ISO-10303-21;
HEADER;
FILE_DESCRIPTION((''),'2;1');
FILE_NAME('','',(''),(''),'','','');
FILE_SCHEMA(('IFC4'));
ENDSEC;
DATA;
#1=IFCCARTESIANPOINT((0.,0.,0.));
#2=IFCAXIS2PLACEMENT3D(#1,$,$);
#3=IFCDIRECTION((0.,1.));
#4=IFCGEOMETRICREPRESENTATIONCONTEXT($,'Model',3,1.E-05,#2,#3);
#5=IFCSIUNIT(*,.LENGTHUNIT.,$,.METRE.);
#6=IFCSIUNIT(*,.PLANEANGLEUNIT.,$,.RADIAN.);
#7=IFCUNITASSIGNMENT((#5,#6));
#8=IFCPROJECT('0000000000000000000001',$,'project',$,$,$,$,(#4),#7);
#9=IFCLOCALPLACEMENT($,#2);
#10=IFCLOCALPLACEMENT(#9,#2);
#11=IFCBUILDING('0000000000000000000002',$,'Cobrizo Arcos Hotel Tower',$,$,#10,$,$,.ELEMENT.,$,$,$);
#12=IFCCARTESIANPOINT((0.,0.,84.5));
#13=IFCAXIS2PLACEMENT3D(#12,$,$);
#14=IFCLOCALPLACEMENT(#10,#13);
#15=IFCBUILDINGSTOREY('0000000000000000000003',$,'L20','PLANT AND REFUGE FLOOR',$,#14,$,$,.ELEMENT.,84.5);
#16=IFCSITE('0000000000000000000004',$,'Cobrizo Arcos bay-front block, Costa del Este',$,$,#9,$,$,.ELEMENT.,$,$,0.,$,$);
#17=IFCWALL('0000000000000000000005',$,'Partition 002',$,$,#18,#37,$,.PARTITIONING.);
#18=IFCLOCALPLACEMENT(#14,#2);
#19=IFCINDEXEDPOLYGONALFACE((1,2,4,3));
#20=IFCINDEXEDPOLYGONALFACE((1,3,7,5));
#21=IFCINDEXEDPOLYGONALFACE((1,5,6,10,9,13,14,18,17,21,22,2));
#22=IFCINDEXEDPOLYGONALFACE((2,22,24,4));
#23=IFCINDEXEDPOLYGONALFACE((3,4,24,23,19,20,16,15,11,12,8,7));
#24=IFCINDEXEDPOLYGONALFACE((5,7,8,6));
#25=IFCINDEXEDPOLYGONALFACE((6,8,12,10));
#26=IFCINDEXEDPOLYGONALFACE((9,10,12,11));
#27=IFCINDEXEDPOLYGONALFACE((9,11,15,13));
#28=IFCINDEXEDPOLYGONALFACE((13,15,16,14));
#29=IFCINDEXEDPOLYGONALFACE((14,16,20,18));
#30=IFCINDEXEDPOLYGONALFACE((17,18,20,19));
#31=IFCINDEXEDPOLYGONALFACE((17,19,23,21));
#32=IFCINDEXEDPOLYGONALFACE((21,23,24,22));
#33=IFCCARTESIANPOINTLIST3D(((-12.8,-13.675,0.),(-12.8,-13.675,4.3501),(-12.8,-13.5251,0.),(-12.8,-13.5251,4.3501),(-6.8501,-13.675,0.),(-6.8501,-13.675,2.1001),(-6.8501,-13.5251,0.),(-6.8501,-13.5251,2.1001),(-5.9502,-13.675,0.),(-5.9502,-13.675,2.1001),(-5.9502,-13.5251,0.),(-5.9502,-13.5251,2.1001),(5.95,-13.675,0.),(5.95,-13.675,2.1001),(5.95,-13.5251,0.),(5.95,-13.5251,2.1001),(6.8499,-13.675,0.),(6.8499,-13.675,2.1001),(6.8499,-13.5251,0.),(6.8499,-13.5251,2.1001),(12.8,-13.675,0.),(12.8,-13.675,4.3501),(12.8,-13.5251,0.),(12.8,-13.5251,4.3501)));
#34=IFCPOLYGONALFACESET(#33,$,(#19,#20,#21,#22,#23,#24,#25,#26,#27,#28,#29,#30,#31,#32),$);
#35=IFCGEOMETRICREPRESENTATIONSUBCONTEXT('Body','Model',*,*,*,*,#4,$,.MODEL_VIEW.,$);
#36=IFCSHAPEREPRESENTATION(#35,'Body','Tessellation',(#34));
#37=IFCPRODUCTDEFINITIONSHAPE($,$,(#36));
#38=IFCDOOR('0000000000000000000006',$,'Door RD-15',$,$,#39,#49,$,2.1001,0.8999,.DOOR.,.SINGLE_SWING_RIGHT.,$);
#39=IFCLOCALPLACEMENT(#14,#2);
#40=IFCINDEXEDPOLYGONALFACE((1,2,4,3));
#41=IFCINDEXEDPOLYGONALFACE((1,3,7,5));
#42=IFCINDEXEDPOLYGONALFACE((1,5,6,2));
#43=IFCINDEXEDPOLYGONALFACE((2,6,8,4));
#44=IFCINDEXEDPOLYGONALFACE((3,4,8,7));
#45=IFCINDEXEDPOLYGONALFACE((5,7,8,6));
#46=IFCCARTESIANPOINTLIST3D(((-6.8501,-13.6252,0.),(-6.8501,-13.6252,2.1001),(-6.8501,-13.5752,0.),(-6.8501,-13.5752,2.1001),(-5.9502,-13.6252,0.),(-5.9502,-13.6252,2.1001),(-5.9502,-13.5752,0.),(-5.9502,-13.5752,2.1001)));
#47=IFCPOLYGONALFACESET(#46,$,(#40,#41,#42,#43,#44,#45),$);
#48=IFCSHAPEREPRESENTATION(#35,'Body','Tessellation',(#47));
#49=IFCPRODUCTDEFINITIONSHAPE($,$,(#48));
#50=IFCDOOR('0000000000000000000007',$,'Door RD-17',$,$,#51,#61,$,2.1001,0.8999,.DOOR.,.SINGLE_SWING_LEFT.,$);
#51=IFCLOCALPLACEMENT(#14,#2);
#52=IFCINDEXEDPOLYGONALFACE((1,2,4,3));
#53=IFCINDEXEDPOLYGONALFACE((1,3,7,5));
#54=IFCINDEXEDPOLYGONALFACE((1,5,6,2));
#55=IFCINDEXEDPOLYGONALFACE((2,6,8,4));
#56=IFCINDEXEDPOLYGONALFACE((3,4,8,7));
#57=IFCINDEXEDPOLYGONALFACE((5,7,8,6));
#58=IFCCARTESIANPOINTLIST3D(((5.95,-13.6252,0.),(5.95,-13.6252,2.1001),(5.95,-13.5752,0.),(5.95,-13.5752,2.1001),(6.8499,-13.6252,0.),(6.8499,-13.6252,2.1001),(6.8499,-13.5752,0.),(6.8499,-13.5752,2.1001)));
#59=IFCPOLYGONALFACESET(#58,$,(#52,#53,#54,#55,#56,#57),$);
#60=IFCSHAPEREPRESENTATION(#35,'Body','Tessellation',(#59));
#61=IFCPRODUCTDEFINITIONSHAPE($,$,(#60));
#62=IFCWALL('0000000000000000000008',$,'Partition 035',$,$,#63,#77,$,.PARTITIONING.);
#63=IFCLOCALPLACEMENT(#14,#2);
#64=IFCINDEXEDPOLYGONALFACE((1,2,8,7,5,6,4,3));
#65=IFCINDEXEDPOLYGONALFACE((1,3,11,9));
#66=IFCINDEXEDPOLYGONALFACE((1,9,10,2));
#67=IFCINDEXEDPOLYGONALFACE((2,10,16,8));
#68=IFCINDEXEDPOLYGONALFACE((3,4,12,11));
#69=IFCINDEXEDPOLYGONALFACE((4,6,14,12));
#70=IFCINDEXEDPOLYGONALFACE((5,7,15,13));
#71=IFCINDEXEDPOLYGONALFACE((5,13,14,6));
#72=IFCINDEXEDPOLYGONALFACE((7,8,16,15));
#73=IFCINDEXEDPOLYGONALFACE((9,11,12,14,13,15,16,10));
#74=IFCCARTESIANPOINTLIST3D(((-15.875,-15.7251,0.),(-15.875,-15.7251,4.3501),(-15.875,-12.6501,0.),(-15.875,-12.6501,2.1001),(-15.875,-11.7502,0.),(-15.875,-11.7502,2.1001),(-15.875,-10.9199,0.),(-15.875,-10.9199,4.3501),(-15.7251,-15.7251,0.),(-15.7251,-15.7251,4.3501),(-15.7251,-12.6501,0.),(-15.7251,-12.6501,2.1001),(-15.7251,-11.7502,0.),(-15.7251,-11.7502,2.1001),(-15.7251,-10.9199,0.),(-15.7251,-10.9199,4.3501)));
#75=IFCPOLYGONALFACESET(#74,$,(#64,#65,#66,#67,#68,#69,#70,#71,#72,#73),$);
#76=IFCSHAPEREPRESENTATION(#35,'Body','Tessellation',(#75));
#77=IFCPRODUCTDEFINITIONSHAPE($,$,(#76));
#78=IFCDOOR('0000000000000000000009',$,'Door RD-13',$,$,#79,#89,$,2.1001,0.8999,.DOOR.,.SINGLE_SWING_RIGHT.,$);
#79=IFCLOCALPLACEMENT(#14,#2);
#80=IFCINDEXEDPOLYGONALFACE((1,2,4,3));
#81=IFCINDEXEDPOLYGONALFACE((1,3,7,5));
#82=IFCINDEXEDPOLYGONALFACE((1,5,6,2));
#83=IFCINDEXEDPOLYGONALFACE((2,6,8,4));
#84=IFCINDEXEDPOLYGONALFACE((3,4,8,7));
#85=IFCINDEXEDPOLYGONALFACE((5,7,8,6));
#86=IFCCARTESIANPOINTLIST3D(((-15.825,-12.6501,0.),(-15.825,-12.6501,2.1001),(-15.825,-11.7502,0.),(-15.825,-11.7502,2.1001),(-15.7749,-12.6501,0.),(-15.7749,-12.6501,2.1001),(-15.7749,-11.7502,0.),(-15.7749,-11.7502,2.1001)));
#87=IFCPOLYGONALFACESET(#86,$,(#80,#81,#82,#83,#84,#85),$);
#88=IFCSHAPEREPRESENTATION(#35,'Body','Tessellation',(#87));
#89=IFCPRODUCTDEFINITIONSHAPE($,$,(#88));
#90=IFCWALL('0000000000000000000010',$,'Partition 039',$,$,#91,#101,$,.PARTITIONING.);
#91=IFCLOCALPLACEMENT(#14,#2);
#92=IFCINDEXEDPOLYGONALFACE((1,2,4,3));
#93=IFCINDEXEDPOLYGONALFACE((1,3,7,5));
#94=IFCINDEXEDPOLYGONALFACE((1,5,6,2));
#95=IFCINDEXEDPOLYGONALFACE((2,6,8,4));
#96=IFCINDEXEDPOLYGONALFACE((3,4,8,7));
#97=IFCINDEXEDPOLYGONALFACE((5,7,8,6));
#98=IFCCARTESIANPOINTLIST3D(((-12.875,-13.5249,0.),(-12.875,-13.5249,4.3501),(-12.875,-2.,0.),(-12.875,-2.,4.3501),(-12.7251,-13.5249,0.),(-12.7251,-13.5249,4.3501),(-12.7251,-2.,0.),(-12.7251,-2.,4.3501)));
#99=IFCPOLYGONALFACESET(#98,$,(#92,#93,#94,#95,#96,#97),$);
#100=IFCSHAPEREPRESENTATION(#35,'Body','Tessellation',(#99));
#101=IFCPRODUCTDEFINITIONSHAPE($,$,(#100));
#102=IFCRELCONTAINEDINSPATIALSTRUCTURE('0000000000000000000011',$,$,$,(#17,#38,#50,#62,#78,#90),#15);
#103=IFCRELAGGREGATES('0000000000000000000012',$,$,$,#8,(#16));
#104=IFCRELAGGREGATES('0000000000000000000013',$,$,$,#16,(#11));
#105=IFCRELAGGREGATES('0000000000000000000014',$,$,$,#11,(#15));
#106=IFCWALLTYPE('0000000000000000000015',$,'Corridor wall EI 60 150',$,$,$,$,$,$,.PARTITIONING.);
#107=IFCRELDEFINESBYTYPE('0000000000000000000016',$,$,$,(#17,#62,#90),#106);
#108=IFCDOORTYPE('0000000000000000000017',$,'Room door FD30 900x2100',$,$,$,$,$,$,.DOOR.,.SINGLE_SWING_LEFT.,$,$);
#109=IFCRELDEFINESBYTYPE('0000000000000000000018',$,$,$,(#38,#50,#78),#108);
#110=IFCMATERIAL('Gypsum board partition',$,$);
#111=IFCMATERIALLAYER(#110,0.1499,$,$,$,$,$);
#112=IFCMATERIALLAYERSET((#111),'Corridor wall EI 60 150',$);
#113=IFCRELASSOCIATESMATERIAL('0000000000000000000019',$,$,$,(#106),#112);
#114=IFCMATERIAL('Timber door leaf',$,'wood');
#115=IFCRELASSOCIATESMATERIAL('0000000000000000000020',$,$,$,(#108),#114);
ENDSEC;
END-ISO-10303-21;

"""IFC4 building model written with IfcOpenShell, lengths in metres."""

from ifc_helpers import new_model, si_unit, direction, frame, frame_2d, origin, place, context, subcontext, project, spatial, rectangle, extrude, material, layer, layer_set, type_object, element, fill, save


model = new_model("IFC4")

# Units and contexts
model_context = context("Model", 3, precision=1e-05, world=origin(), true_north=direction((0.0, 1.0)))
body_context = subcontext(model_context, "Body", "Model", "MODEL_VIEW")
ifc_project = project(units=[si_unit("LENGTHUNIT", "METRE"), si_unit("PLANEANGLEUNIT", "RADIAN")], contexts=[model_context])

# Site, building, storey
site_placement = place(None, origin())
site = spatial("IfcSite", under=ifc_project, at=site_placement, Name="Cobrizo Arcos bay-front block, Costa del Este", CompositionType="ELEMENT", RefElevation=0.0)
building_placement = place(site_placement, origin())
building = spatial("IfcBuilding", under=site, at=building_placement, Name="Cobrizo Arcos Hotel Tower", CompositionType="ELEMENT")
storey_placement = place(building_placement, frame((0.0, 0.0, 84.5)))
storey = spatial("IfcBuildingStorey", under=building, at=storey_placement, Name="L20", Description="PLANT AND REFUGE FLOOR", CompositionType="ELEMENT", Elevation=84.5)

# Wall, openings, doors
ifc_material_1 = material(Name="Gypsum board partition")
ifc_layer_1 = layer(ifc_material_1, 0.1499)
ifc_layer_set_1 = layer_set([ifc_layer_1], Name="Corridor wall EI 60 150")
wall_type_1 = type_object("IfcWallType", Name="Corridor wall EI 60 150", PredefinedType="PARTITIONING", material=ifc_layer_set_1)
ifc_material_2 = material(Name="Timber door leaf", Category="wood")
door_type_1 = type_object("IfcDoorType", Name="Room door FD30 900x2100", OperationType="SINGLE_SWING_LEFT", PredefinedType="DOOR", material=ifc_material_2)
wall_1_placement = place(storey_placement, frame((-12.8, -13.6001, 0.0), z_axis=(0.0, 0.0, 1.0), x_axis=(1.0, 0.0, 0.0)))
wall_1 = element("IfcWall", 1, at=wall_1_placement, inside=storey, type_object=wall_type_1, Name="Partition 002", PredefinedType="PARTITIONING", context=body_context, shape_type="SweptSolid", body=[
    extrude(rectangle(XDim=25.6001, YDim=0.1499, at=frame_2d((12.8, 0.0))), origin(), (0.0, 0.0, 1.0), 4.3501),
])
opening_1_placement = place(wall_1_placement, frame((5.95, 0.0, 0.0)))
opening_1 = element("IfcOpeningElement", 2, at=opening_1_placement, cuts=wall_1, PredefinedType="OPENING", context=body_context, shape_type="SweptSolid", body=[
    extrude(rectangle(XDim=0.8999, YDim=2.1001, at=frame_2d((0.45, 1.05))), frame((0.0, 0.0869, 0.0), z_axis=(0.0, -1.0, 0.0), x_axis=(1.0, 0.0, 0.0)), (0.0, 0.0, 1.0), 0.1738),
])
opening_2_placement = place(wall_1_placement, frame((18.75, 0.0, 0.0)))
opening_2 = element("IfcOpeningElement", 3, at=opening_2_placement, cuts=wall_1, PredefinedType="OPENING", context=body_context, shape_type="SweptSolid", body=[
    extrude(rectangle(XDim=0.8999, YDim=2.1001, at=frame_2d((0.45, 1.05))), frame((0.0, 0.0869, 0.0), z_axis=(0.0, -1.0, 0.0), x_axis=(1.0, 0.0, 0.0)), (0.0, 0.0, 1.0), 0.1738),
])
door_1_placement = place(opening_1_placement, origin())
door_1 = element("IfcDoor", 4, at=door_1_placement, inside=storey, type_object=door_type_1, Name="Door RD-15", OperationType="SINGLE_SWING_RIGHT", OverallHeight=2.1001, OverallWidth=0.8999, PredefinedType="DOOR", context=body_context, shape_type="SweptSolid", body=[
    extrude(rectangle(XDim=0.8999, YDim=2.1001, at=frame_2d((0.45, 1.05))), frame((0.0, 0.0249, 0.0), z_axis=(0.0, -1.0, 0.0), x_axis=(1.0, 0.0, 0.0)), (0.0, 0.0, 1.0), 0.05),
])
fill(opening_1, door_1)
door_2_placement = place(opening_2_placement, origin())
door_2 = element("IfcDoor", 5, at=door_2_placement, inside=storey, type_object=door_type_1, Name="Door RD-17", OperationType="SINGLE_SWING_LEFT", OverallHeight=2.1001, OverallWidth=0.8999, PredefinedType="DOOR", context=body_context, shape_type="SweptSolid", body=[
    extrude(rectangle(XDim=0.8999, YDim=2.1001, at=frame_2d((0.45, 1.05))), frame((0.0, 0.0249, 0.0), z_axis=(0.0, -1.0, 0.0), x_axis=(1.0, 0.0, 0.0)), (0.0, 0.0, 1.0), 0.05),
])
fill(opening_2, door_2)

# Wall, opening, door
wall_2_placement = place(storey_placement, frame((-15.8, -15.7251, 0.0), z_axis=(0.0, 0.0, 1.0), x_axis=(0.0, 1.0, 0.0)))
wall_2 = element("IfcWall", 6, at=wall_2_placement, inside=storey, type_object=wall_type_1, Name="Partition 035", PredefinedType="PARTITIONING", context=body_context, shape_type="SweptSolid", body=[
    extrude(rectangle(XDim=4.8052, YDim=0.1499, at=frame_2d((2.4026, 0.0))), origin(), (0.0, 0.0, 1.0), 4.3501),
])
opening_3_placement = place(wall_2_placement, frame((3.075, 0.0, 0.0)))
opening_3 = element("IfcOpeningElement", 7, at=opening_3_placement, cuts=wall_2, PredefinedType="OPENING", context=body_context, shape_type="SweptSolid", body=[
    extrude(rectangle(XDim=0.8999, YDim=2.1001, at=frame_2d((0.45, 1.05))), frame((0.0, 0.0869, 0.0), z_axis=(0.0, -1.0, 0.0), x_axis=(1.0, 0.0, 0.0)), (0.0, 0.0, 1.0), 0.1738),
])
door_3_placement = place(opening_3_placement, origin())
door_3 = element("IfcDoor", 8, at=door_3_placement, inside=storey, type_object=door_type_1, Name="Door RD-13", OperationType="SINGLE_SWING_RIGHT", OverallHeight=2.1001, OverallWidth=0.8999, PredefinedType="DOOR", context=body_context, shape_type="SweptSolid", body=[
    extrude(rectangle(XDim=0.8999, YDim=2.1001, at=frame_2d((0.45, 1.05))), frame((0.0, 0.0249, 0.0), z_axis=(0.0, -1.0, 0.0), x_axis=(1.0, 0.0, 0.0)), (0.0, 0.0, 1.0), 0.05),
])
fill(opening_3, door_3)

# Wall
wall_3_placement = place(storey_placement, frame((-12.8, -13.5249, 0.0), z_axis=(0.0, 0.0, 1.0), x_axis=(0.0, 1.0, 0.0)))
element("IfcWall", 9, at=wall_3_placement, inside=storey, type_object=wall_type_1, Name="Partition 039", PredefinedType="PARTITIONING", context=body_context, shape_type="SweptSolid", body=[
    extrude(rectangle(XDim=11.5249, YDim=0.1499, at=frame_2d((5.7625, 0.0))), origin(), (0.0, 0.0, 1.0), 4.3501),
])

save(model, "model.ifc")
